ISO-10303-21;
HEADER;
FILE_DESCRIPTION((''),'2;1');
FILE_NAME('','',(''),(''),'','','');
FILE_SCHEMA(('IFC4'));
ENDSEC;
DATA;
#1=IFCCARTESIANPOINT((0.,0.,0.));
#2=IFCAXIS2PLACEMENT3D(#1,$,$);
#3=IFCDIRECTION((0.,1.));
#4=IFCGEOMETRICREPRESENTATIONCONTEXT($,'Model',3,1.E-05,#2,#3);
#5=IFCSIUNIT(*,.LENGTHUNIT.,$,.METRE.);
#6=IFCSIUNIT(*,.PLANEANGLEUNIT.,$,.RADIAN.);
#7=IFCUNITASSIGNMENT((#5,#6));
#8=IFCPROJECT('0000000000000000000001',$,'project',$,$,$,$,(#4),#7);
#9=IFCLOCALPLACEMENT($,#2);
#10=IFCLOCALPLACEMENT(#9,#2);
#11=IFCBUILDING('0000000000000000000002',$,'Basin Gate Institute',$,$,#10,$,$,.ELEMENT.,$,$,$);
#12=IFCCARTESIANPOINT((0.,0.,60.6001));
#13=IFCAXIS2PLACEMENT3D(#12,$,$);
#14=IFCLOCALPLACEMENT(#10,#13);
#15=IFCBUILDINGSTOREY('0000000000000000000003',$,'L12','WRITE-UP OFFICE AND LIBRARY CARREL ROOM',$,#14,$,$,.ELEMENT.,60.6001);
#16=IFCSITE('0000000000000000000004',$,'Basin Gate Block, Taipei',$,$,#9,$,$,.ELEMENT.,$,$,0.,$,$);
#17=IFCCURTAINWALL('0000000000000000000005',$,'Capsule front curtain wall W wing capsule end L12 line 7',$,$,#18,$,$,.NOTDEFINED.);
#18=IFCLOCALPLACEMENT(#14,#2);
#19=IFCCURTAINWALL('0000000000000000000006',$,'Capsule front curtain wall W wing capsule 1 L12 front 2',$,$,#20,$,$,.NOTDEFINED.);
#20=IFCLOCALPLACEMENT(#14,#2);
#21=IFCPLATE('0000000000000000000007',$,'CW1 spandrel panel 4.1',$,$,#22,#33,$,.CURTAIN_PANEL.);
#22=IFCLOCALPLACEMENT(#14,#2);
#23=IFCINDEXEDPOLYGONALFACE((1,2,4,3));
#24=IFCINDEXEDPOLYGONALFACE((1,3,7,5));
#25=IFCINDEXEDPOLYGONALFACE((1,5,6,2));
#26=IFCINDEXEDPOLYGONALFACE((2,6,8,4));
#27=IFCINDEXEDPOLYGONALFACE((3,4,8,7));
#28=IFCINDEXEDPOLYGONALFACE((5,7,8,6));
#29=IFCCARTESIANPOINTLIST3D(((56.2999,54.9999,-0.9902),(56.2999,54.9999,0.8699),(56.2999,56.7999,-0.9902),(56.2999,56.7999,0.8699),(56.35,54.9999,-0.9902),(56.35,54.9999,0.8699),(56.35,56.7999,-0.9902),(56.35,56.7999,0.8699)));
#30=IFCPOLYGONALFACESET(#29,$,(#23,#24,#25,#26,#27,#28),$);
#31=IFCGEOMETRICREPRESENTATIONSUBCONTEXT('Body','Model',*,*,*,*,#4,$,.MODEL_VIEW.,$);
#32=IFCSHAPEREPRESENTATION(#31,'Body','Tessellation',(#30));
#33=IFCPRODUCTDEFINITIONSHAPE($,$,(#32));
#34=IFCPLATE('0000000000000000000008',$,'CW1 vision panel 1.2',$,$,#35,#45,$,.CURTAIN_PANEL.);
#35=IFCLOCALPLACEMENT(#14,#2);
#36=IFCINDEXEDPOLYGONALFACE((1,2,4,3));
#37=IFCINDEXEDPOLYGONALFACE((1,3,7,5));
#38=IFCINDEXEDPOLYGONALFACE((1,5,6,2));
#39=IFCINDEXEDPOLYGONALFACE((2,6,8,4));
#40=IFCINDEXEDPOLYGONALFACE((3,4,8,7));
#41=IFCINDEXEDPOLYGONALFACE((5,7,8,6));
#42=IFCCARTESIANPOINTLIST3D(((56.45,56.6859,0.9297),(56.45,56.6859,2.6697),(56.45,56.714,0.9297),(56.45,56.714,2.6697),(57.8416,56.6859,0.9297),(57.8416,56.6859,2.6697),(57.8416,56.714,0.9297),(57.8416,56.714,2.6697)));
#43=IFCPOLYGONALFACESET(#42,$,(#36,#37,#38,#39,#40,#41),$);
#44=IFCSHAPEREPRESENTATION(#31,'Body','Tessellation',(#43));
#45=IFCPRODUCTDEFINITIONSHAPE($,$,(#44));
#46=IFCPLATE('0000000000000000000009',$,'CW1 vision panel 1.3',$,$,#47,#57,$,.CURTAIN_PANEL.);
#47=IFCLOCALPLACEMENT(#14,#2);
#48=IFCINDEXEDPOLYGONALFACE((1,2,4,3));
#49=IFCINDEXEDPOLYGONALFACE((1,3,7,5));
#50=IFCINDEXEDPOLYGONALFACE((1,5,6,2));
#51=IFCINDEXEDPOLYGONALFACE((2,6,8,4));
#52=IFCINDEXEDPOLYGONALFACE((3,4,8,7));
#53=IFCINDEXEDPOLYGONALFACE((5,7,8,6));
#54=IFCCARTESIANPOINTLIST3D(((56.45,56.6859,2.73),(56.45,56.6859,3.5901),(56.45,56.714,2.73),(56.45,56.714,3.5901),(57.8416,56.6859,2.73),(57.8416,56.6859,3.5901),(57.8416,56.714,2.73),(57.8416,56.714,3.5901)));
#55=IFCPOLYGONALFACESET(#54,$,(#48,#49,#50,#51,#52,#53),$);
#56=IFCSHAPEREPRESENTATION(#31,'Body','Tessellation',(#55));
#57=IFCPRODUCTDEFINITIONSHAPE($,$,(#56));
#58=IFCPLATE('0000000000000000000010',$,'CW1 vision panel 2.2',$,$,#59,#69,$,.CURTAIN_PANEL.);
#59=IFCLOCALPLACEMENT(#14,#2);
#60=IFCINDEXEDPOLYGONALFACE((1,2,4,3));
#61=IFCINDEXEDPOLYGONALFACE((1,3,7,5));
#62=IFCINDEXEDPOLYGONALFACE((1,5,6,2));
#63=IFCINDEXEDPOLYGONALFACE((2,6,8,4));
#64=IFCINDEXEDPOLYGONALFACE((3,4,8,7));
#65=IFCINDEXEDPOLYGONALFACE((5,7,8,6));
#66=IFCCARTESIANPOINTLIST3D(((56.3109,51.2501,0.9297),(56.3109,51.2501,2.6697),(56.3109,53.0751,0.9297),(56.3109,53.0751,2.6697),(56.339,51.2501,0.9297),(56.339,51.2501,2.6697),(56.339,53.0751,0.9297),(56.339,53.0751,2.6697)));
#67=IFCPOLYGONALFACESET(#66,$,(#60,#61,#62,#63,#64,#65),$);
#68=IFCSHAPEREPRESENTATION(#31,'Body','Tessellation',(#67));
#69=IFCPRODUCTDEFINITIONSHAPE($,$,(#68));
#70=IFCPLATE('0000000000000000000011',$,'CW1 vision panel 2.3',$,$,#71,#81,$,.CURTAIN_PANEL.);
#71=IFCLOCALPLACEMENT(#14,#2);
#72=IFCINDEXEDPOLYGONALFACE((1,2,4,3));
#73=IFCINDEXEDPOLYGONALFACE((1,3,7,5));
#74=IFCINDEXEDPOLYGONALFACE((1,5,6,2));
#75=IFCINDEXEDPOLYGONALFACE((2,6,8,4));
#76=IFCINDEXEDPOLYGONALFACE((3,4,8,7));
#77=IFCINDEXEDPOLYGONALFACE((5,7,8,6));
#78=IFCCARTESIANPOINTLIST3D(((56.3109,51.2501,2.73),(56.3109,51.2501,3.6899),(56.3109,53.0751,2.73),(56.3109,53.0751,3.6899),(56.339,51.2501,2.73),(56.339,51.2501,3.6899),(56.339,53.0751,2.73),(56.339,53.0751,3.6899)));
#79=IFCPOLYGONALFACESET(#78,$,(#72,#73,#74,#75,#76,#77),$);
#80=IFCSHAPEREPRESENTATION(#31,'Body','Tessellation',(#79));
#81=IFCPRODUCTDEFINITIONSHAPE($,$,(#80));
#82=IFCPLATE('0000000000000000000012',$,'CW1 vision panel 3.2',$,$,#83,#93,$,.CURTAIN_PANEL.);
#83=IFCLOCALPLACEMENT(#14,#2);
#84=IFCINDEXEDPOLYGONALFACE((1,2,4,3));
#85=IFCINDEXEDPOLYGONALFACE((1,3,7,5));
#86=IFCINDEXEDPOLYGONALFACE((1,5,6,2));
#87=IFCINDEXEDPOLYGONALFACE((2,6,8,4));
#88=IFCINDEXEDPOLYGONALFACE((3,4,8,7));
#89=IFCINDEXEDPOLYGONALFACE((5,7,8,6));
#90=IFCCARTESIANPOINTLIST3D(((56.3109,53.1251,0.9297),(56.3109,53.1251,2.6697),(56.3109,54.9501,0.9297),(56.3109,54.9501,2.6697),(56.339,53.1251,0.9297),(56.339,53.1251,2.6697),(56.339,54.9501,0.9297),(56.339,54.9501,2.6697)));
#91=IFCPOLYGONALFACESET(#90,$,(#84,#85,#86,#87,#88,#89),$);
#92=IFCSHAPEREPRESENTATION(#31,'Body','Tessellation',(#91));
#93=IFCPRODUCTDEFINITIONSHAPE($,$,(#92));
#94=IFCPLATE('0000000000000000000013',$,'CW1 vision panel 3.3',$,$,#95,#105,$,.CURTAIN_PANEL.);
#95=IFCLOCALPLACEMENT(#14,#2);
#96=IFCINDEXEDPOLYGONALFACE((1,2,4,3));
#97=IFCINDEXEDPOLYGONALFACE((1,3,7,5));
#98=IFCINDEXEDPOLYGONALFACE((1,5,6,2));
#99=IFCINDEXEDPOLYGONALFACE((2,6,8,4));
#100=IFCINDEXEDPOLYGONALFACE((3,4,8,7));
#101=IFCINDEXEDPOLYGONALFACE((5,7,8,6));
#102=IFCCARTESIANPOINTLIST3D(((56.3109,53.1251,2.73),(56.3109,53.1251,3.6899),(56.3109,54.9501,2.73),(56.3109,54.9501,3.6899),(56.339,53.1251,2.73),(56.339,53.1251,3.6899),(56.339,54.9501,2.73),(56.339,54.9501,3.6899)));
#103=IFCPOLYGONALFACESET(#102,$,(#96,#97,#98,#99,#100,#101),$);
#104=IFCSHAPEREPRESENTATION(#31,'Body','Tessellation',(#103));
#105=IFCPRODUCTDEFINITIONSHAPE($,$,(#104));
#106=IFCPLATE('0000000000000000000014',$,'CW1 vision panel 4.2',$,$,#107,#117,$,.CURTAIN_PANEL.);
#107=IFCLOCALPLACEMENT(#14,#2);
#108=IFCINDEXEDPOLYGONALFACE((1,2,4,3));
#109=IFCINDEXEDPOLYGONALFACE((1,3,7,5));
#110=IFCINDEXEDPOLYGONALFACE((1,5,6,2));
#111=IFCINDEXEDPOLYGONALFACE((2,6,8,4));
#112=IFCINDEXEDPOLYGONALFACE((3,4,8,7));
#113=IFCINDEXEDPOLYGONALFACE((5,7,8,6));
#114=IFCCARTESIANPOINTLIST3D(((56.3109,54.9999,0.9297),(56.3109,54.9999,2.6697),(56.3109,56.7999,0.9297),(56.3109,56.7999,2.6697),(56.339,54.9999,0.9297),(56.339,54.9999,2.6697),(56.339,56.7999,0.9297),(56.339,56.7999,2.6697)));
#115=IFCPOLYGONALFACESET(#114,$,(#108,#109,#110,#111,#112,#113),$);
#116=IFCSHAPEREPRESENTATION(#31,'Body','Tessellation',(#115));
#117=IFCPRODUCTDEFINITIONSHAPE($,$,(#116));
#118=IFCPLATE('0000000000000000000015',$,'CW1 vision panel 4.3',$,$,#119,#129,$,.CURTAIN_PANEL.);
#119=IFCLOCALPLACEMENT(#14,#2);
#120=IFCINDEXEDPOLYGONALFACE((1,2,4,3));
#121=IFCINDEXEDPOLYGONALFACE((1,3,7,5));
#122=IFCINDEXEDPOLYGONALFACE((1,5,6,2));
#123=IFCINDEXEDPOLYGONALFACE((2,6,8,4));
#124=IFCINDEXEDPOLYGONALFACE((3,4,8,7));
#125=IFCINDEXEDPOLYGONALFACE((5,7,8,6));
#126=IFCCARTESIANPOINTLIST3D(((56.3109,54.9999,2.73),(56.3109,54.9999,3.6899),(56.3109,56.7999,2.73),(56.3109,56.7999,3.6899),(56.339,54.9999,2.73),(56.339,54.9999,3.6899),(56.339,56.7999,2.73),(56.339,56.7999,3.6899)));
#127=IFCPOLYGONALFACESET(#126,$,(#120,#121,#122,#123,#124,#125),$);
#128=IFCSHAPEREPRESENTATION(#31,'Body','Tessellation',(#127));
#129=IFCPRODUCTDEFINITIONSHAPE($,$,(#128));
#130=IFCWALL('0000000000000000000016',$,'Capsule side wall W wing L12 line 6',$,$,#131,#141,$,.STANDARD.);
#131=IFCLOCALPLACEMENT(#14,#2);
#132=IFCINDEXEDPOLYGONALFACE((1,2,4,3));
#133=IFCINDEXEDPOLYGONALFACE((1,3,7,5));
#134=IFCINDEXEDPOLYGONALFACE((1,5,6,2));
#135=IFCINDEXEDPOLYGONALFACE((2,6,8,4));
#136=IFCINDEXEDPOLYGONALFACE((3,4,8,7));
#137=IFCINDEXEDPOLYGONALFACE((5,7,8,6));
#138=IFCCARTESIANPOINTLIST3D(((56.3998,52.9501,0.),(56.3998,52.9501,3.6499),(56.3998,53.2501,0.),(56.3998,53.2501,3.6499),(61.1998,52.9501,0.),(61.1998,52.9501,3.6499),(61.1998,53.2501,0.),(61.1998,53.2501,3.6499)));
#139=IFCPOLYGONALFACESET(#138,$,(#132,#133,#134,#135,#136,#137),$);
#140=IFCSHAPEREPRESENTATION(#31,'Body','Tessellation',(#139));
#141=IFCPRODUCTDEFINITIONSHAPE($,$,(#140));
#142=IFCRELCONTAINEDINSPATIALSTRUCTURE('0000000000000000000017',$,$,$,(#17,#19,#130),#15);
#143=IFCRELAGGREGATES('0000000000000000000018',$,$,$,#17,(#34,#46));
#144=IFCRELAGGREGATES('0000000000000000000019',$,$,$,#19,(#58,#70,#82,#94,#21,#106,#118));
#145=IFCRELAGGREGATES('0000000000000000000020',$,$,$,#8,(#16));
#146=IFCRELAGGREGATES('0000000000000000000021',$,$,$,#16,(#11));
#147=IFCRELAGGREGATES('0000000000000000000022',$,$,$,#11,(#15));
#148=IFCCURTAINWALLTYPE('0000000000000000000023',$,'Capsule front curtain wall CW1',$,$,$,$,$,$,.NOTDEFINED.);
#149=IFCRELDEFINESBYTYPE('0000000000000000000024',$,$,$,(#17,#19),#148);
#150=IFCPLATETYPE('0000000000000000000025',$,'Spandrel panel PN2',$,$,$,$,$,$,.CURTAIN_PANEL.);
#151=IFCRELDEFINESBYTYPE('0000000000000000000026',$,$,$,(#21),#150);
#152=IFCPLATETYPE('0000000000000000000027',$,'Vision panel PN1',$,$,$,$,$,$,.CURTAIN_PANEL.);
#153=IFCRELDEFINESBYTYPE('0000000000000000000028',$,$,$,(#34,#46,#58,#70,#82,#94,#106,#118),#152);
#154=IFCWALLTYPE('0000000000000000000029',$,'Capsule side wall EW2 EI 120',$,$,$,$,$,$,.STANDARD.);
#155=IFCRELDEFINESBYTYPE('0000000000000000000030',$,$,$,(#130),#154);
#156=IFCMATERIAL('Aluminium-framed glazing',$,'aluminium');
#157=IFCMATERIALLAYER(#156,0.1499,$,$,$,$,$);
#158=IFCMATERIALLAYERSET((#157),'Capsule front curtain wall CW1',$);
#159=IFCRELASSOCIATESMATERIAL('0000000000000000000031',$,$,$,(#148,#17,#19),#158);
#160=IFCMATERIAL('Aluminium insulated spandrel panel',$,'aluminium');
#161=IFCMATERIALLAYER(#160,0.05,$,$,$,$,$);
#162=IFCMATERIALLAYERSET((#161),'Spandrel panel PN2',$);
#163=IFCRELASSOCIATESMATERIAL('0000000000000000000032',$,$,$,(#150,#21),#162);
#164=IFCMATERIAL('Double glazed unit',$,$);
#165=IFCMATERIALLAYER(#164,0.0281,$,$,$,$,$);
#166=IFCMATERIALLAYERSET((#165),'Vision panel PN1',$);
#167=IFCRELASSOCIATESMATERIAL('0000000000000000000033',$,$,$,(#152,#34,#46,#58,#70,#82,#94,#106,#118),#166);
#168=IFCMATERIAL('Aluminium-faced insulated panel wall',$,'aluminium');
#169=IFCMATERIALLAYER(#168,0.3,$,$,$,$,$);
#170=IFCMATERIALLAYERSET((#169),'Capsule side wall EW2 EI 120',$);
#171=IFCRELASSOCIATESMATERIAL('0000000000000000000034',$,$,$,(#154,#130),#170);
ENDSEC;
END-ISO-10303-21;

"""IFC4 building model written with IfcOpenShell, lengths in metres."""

from ifc_helpers import new_model, si_unit, direction, frame, frame_2d, origin, origin_2d, place, context, subcontext, project, spatial, rectangle, extrude, material, layer, layer_set, type_object, element, aggregate, save


model = new_model("IFC4")

# Units and contexts
model_context = context("Model", 3, precision=1e-05, world=origin(), true_north=direction((0.0, 1.0)))
body_context = subcontext(model_context, "Body", "Model", "MODEL_VIEW")
ifc_project = project(units=[si_unit("LENGTHUNIT", "METRE"), si_unit("PLANEANGLEUNIT", "RADIAN")], contexts=[model_context])

# Site, building, storey
site_placement = place(None, origin())
site = spatial("IfcSite", under=ifc_project, at=site_placement, Name="Basin Gate Block, Taipei", CompositionType="ELEMENT", RefElevation=0.0)
building_placement = place(site_placement, origin())
building = spatial("IfcBuilding", under=site, at=building_placement, Name="Basin Gate Institute", CompositionType="ELEMENT")
storey_placement = place(building_placement, frame((0.0, 0.0, 60.6001)))
storey = spatial("IfcBuildingStorey", under=building, at=storey_placement, Name="L12", Description="WRITE-UP OFFICE AND LIBRARY CARREL ROOM", CompositionType="ELEMENT", Elevation=60.6001)

# Curtain walls
ifc_material_1 = material(Name="Aluminium-framed glazing", Category="aluminium")
ifc_layer_1 = layer(ifc_material_1, 0.1499)
ifc_layer_set_1 = layer_set([ifc_layer_1], Name="Capsule front curtain wall CW1")
curtain_wall_type = type_object("IfcCurtainWallType", Name="Capsule front curtain wall CW1", PredefinedType="NOTDEFINED", material=ifc_layer_set_1)
curtain_wall_1_placement = place(storey_placement, origin())
curtain_wall_1 = element("IfcCurtainWall", 1, at=curtain_wall_1_placement, inside=storey, type_object=curtain_wall_type, material=ifc_layer_set_1, Name="Capsule front curtain wall W wing capsule end L12 line 7", PredefinedType="NOTDEFINED")
curtain_wall_2_placement = place(storey_placement, origin())
curtain_wall_2 = element("IfcCurtainWall", 2, at=curtain_wall_2_placement, inside=storey, type_object=curtain_wall_type, material=ifc_layer_set_1, Name="Capsule front curtain wall W wing capsule 1 L12 front 2", PredefinedType="NOTDEFINED")

# Plates
ifc_material_2 = material(Name="Aluminium insulated spandrel panel", Category="aluminium")
ifc_layer_2 = layer(ifc_material_2, 0.05)
ifc_layer_set_2 = layer_set([ifc_layer_2], Name="Spandrel panel PN2")
plate_type_1 = type_object("IfcPlateType", Name="Spandrel panel PN2", PredefinedType="CURTAIN_PANEL", material=ifc_layer_set_2)
plate_1_placement = place(storey_placement, frame((56.325, 55.8999, -0.9902), z_axis=(0.0, 0.0, 1.0), x_axis=(0.0, 1.0, 0.0)))
plate_1 = element("IfcPlate", 3, at=plate_1_placement, type_object=plate_type_1, material=ifc_layer_set_2, Name="CW1 spandrel panel 4.1", PredefinedType="CURTAIN_PANEL", context=body_context, shape_type="SweptSolid", body=[
    extrude(rectangle(XDim=1.8, YDim=0.05, at=origin_2d()), origin(), (0.0, 0.0, 1.0), 1.8601),
])
ifc_material_3 = material(Name="Double glazed unit")
ifc_layer_3 = layer(ifc_material_3, 0.0281)
ifc_layer_set_3 = layer_set([ifc_layer_3], Name="Vision panel PN1")
plate_type_2 = type_object("IfcPlateType", Name="Vision panel PN1", PredefinedType="CURTAIN_PANEL", material=ifc_layer_set_3)
plate_2_placement = place(storey_placement, frame((57.1458, 56.7, 0.9297), z_axis=(0.0, 0.0, 1.0), x_axis=(1.0, 0.0, 0.0)))
plate_2 = element("IfcPlate", 4, at=plate_2_placement, type_object=plate_type_2, material=ifc_layer_set_3, Name="CW1 vision panel 1.2", PredefinedType="CURTAIN_PANEL", context=body_context, shape_type="SweptSolid", body=[
    extrude(rectangle(XDim=1.3916, YDim=0.0281, at=origin_2d()), origin(), (0.0, 0.0, 1.0), 1.74),
])
plate_3_placement = place(storey_placement, frame((57.1458, 56.7, 2.73), z_axis=(0.0, 0.0, 1.0), x_axis=(1.0, 0.0, 0.0)))
plate_3 = element("IfcPlate", 5, at=plate_3_placement, type_object=plate_type_2, material=ifc_layer_set_3, Name="CW1 vision panel 1.3", PredefinedType="CURTAIN_PANEL", context=body_context, shape_type="SweptSolid", body=[
    extrude(rectangle(XDim=1.3916, YDim=0.0281, at=origin_2d()), origin(), (0.0, 0.0, 1.0), 0.8601),
])
aggregate(curtain_wall_1, [plate_2, plate_3])
plate_4_placement = place(storey_placement, frame((56.325, 52.1626, 0.9297), z_axis=(0.0, 0.0, 1.0), x_axis=(0.0, 1.0, 0.0)))
plate_4 = element("IfcPlate", 6, at=plate_4_placement, type_object=plate_type_2, material=ifc_layer_set_3, Name="CW1 vision panel 2.2", PredefinedType="CURTAIN_PANEL", context=body_context, shape_type="SweptSolid", body=[
    extrude(rectangle(XDim=1.825, YDim=0.0281, at=origin_2d()), origin(), (0.0, 0.0, 1.0), 1.74),
])
plate_5_placement = place(storey_placement, frame((56.325, 52.1626, 2.73), z_axis=(0.0, 0.0, 1.0), x_axis=(0.0, 1.0, 0.0)))
plate_5 = element("IfcPlate", 7, at=plate_5_placement, type_object=plate_type_2, material=ifc_layer_set_3, Name="CW1 vision panel 2.3", PredefinedType="CURTAIN_PANEL", context=body_context, shape_type="SweptSolid", body=[
    extrude(rectangle(XDim=1.825, YDim=0.0281, at=origin_2d()), origin(), (0.0, 0.0, 1.0), 0.96),
])
plate_6_placement = place(storey_placement, frame((56.325, 54.0376, 0.9297), z_axis=(0.0, 0.0, 1.0), x_axis=(0.0, 1.0, 0.0)))
plate_6 = element("IfcPlate", 8, at=plate_6_placement, type_object=plate_type_2, material=ifc_layer_set_3, Name="CW1 vision panel 3.2", PredefinedType="CURTAIN_PANEL", context=body_context, shape_type="SweptSolid", body=[
    extrude(rectangle(XDim=1.825, YDim=0.0281, at=origin_2d()), origin(), (0.0, 0.0, 1.0), 1.74),
])
plate_7_placement = place(storey_placement, frame((56.325, 54.0376, 2.73), z_axis=(0.0, 0.0, 1.0), x_axis=(0.0, 1.0, 0.0)))
plate_7 = element("IfcPlate", 9, at=plate_7_placement, type_object=plate_type_2, material=ifc_layer_set_3, Name="CW1 vision panel 3.3", PredefinedType="CURTAIN_PANEL", context=body_context, shape_type="SweptSolid", body=[
    extrude(rectangle(XDim=1.825, YDim=0.0281, at=origin_2d()), origin(), (0.0, 0.0, 1.0), 0.96),
])
plate_8_placement = place(storey_placement, frame((56.325, 55.8999, 0.9297), z_axis=(0.0, 0.0, 1.0), x_axis=(0.0, 1.0, 0.0)))
plate_8 = element("IfcPlate", 10, at=plate_8_placement, type_object=plate_type_2, material=ifc_layer_set_3, Name="CW1 vision panel 4.2", PredefinedType="CURTAIN_PANEL", context=body_context, shape_type="SweptSolid", body=[
    extrude(rectangle(XDim=1.8, YDim=0.0281, at=origin_2d()), origin(), (0.0, 0.0, 1.0), 1.74),
])
plate_9_placement = place(storey_placement, frame((56.325, 55.8999, 2.73), z_axis=(0.0, 0.0, 1.0), x_axis=(0.0, 1.0, 0.0)))
plate_9 = element("IfcPlate", 11, at=plate_9_placement, type_object=plate_type_2, material=ifc_layer_set_3, Name="CW1 vision panel 4.3", PredefinedType="CURTAIN_PANEL", context=body_context, shape_type="SweptSolid", body=[
    extrude(rectangle(XDim=1.8, YDim=0.0281, at=origin_2d()), origin(), (0.0, 0.0, 1.0), 0.96),
])
aggregate(curtain_wall_2, [plate_4, plate_5, plate_6, plate_7, plate_1, plate_8, plate_9])

# Wall
ifc_material_4 = material(Name="Aluminium-faced insulated panel wall", Category="aluminium")
ifc_layer_4 = layer(ifc_material_4, 0.3)
ifc_layer_set_4 = layer_set([ifc_layer_4], Name="Capsule side wall EW2 EI 120")
wall_type = type_object("IfcWallType", Name="Capsule side wall EW2 EI 120", PredefinedType="STANDARD", material=ifc_layer_set_4)
wall_placement = place(storey_placement, frame((56.3999, 53.1001, 0.0), z_axis=(0.0, 0.0, 1.0), x_axis=(1.0, 0.0, 0.0)))
element("IfcWall", 12, at=wall_placement, inside=storey, type_object=wall_type, material=ifc_layer_set_4, Name="Capsule side wall W wing L12 line 6", PredefinedType="STANDARD", context=body_context, shape_type="SweptSolid", body=[
    extrude(rectangle(XDim=4.8, YDim=0.3, at=frame_2d((2.3999, 0.0))), origin(), (0.0, 0.0, 1.0), 3.6499),
])

save(model, "model.ifc")
